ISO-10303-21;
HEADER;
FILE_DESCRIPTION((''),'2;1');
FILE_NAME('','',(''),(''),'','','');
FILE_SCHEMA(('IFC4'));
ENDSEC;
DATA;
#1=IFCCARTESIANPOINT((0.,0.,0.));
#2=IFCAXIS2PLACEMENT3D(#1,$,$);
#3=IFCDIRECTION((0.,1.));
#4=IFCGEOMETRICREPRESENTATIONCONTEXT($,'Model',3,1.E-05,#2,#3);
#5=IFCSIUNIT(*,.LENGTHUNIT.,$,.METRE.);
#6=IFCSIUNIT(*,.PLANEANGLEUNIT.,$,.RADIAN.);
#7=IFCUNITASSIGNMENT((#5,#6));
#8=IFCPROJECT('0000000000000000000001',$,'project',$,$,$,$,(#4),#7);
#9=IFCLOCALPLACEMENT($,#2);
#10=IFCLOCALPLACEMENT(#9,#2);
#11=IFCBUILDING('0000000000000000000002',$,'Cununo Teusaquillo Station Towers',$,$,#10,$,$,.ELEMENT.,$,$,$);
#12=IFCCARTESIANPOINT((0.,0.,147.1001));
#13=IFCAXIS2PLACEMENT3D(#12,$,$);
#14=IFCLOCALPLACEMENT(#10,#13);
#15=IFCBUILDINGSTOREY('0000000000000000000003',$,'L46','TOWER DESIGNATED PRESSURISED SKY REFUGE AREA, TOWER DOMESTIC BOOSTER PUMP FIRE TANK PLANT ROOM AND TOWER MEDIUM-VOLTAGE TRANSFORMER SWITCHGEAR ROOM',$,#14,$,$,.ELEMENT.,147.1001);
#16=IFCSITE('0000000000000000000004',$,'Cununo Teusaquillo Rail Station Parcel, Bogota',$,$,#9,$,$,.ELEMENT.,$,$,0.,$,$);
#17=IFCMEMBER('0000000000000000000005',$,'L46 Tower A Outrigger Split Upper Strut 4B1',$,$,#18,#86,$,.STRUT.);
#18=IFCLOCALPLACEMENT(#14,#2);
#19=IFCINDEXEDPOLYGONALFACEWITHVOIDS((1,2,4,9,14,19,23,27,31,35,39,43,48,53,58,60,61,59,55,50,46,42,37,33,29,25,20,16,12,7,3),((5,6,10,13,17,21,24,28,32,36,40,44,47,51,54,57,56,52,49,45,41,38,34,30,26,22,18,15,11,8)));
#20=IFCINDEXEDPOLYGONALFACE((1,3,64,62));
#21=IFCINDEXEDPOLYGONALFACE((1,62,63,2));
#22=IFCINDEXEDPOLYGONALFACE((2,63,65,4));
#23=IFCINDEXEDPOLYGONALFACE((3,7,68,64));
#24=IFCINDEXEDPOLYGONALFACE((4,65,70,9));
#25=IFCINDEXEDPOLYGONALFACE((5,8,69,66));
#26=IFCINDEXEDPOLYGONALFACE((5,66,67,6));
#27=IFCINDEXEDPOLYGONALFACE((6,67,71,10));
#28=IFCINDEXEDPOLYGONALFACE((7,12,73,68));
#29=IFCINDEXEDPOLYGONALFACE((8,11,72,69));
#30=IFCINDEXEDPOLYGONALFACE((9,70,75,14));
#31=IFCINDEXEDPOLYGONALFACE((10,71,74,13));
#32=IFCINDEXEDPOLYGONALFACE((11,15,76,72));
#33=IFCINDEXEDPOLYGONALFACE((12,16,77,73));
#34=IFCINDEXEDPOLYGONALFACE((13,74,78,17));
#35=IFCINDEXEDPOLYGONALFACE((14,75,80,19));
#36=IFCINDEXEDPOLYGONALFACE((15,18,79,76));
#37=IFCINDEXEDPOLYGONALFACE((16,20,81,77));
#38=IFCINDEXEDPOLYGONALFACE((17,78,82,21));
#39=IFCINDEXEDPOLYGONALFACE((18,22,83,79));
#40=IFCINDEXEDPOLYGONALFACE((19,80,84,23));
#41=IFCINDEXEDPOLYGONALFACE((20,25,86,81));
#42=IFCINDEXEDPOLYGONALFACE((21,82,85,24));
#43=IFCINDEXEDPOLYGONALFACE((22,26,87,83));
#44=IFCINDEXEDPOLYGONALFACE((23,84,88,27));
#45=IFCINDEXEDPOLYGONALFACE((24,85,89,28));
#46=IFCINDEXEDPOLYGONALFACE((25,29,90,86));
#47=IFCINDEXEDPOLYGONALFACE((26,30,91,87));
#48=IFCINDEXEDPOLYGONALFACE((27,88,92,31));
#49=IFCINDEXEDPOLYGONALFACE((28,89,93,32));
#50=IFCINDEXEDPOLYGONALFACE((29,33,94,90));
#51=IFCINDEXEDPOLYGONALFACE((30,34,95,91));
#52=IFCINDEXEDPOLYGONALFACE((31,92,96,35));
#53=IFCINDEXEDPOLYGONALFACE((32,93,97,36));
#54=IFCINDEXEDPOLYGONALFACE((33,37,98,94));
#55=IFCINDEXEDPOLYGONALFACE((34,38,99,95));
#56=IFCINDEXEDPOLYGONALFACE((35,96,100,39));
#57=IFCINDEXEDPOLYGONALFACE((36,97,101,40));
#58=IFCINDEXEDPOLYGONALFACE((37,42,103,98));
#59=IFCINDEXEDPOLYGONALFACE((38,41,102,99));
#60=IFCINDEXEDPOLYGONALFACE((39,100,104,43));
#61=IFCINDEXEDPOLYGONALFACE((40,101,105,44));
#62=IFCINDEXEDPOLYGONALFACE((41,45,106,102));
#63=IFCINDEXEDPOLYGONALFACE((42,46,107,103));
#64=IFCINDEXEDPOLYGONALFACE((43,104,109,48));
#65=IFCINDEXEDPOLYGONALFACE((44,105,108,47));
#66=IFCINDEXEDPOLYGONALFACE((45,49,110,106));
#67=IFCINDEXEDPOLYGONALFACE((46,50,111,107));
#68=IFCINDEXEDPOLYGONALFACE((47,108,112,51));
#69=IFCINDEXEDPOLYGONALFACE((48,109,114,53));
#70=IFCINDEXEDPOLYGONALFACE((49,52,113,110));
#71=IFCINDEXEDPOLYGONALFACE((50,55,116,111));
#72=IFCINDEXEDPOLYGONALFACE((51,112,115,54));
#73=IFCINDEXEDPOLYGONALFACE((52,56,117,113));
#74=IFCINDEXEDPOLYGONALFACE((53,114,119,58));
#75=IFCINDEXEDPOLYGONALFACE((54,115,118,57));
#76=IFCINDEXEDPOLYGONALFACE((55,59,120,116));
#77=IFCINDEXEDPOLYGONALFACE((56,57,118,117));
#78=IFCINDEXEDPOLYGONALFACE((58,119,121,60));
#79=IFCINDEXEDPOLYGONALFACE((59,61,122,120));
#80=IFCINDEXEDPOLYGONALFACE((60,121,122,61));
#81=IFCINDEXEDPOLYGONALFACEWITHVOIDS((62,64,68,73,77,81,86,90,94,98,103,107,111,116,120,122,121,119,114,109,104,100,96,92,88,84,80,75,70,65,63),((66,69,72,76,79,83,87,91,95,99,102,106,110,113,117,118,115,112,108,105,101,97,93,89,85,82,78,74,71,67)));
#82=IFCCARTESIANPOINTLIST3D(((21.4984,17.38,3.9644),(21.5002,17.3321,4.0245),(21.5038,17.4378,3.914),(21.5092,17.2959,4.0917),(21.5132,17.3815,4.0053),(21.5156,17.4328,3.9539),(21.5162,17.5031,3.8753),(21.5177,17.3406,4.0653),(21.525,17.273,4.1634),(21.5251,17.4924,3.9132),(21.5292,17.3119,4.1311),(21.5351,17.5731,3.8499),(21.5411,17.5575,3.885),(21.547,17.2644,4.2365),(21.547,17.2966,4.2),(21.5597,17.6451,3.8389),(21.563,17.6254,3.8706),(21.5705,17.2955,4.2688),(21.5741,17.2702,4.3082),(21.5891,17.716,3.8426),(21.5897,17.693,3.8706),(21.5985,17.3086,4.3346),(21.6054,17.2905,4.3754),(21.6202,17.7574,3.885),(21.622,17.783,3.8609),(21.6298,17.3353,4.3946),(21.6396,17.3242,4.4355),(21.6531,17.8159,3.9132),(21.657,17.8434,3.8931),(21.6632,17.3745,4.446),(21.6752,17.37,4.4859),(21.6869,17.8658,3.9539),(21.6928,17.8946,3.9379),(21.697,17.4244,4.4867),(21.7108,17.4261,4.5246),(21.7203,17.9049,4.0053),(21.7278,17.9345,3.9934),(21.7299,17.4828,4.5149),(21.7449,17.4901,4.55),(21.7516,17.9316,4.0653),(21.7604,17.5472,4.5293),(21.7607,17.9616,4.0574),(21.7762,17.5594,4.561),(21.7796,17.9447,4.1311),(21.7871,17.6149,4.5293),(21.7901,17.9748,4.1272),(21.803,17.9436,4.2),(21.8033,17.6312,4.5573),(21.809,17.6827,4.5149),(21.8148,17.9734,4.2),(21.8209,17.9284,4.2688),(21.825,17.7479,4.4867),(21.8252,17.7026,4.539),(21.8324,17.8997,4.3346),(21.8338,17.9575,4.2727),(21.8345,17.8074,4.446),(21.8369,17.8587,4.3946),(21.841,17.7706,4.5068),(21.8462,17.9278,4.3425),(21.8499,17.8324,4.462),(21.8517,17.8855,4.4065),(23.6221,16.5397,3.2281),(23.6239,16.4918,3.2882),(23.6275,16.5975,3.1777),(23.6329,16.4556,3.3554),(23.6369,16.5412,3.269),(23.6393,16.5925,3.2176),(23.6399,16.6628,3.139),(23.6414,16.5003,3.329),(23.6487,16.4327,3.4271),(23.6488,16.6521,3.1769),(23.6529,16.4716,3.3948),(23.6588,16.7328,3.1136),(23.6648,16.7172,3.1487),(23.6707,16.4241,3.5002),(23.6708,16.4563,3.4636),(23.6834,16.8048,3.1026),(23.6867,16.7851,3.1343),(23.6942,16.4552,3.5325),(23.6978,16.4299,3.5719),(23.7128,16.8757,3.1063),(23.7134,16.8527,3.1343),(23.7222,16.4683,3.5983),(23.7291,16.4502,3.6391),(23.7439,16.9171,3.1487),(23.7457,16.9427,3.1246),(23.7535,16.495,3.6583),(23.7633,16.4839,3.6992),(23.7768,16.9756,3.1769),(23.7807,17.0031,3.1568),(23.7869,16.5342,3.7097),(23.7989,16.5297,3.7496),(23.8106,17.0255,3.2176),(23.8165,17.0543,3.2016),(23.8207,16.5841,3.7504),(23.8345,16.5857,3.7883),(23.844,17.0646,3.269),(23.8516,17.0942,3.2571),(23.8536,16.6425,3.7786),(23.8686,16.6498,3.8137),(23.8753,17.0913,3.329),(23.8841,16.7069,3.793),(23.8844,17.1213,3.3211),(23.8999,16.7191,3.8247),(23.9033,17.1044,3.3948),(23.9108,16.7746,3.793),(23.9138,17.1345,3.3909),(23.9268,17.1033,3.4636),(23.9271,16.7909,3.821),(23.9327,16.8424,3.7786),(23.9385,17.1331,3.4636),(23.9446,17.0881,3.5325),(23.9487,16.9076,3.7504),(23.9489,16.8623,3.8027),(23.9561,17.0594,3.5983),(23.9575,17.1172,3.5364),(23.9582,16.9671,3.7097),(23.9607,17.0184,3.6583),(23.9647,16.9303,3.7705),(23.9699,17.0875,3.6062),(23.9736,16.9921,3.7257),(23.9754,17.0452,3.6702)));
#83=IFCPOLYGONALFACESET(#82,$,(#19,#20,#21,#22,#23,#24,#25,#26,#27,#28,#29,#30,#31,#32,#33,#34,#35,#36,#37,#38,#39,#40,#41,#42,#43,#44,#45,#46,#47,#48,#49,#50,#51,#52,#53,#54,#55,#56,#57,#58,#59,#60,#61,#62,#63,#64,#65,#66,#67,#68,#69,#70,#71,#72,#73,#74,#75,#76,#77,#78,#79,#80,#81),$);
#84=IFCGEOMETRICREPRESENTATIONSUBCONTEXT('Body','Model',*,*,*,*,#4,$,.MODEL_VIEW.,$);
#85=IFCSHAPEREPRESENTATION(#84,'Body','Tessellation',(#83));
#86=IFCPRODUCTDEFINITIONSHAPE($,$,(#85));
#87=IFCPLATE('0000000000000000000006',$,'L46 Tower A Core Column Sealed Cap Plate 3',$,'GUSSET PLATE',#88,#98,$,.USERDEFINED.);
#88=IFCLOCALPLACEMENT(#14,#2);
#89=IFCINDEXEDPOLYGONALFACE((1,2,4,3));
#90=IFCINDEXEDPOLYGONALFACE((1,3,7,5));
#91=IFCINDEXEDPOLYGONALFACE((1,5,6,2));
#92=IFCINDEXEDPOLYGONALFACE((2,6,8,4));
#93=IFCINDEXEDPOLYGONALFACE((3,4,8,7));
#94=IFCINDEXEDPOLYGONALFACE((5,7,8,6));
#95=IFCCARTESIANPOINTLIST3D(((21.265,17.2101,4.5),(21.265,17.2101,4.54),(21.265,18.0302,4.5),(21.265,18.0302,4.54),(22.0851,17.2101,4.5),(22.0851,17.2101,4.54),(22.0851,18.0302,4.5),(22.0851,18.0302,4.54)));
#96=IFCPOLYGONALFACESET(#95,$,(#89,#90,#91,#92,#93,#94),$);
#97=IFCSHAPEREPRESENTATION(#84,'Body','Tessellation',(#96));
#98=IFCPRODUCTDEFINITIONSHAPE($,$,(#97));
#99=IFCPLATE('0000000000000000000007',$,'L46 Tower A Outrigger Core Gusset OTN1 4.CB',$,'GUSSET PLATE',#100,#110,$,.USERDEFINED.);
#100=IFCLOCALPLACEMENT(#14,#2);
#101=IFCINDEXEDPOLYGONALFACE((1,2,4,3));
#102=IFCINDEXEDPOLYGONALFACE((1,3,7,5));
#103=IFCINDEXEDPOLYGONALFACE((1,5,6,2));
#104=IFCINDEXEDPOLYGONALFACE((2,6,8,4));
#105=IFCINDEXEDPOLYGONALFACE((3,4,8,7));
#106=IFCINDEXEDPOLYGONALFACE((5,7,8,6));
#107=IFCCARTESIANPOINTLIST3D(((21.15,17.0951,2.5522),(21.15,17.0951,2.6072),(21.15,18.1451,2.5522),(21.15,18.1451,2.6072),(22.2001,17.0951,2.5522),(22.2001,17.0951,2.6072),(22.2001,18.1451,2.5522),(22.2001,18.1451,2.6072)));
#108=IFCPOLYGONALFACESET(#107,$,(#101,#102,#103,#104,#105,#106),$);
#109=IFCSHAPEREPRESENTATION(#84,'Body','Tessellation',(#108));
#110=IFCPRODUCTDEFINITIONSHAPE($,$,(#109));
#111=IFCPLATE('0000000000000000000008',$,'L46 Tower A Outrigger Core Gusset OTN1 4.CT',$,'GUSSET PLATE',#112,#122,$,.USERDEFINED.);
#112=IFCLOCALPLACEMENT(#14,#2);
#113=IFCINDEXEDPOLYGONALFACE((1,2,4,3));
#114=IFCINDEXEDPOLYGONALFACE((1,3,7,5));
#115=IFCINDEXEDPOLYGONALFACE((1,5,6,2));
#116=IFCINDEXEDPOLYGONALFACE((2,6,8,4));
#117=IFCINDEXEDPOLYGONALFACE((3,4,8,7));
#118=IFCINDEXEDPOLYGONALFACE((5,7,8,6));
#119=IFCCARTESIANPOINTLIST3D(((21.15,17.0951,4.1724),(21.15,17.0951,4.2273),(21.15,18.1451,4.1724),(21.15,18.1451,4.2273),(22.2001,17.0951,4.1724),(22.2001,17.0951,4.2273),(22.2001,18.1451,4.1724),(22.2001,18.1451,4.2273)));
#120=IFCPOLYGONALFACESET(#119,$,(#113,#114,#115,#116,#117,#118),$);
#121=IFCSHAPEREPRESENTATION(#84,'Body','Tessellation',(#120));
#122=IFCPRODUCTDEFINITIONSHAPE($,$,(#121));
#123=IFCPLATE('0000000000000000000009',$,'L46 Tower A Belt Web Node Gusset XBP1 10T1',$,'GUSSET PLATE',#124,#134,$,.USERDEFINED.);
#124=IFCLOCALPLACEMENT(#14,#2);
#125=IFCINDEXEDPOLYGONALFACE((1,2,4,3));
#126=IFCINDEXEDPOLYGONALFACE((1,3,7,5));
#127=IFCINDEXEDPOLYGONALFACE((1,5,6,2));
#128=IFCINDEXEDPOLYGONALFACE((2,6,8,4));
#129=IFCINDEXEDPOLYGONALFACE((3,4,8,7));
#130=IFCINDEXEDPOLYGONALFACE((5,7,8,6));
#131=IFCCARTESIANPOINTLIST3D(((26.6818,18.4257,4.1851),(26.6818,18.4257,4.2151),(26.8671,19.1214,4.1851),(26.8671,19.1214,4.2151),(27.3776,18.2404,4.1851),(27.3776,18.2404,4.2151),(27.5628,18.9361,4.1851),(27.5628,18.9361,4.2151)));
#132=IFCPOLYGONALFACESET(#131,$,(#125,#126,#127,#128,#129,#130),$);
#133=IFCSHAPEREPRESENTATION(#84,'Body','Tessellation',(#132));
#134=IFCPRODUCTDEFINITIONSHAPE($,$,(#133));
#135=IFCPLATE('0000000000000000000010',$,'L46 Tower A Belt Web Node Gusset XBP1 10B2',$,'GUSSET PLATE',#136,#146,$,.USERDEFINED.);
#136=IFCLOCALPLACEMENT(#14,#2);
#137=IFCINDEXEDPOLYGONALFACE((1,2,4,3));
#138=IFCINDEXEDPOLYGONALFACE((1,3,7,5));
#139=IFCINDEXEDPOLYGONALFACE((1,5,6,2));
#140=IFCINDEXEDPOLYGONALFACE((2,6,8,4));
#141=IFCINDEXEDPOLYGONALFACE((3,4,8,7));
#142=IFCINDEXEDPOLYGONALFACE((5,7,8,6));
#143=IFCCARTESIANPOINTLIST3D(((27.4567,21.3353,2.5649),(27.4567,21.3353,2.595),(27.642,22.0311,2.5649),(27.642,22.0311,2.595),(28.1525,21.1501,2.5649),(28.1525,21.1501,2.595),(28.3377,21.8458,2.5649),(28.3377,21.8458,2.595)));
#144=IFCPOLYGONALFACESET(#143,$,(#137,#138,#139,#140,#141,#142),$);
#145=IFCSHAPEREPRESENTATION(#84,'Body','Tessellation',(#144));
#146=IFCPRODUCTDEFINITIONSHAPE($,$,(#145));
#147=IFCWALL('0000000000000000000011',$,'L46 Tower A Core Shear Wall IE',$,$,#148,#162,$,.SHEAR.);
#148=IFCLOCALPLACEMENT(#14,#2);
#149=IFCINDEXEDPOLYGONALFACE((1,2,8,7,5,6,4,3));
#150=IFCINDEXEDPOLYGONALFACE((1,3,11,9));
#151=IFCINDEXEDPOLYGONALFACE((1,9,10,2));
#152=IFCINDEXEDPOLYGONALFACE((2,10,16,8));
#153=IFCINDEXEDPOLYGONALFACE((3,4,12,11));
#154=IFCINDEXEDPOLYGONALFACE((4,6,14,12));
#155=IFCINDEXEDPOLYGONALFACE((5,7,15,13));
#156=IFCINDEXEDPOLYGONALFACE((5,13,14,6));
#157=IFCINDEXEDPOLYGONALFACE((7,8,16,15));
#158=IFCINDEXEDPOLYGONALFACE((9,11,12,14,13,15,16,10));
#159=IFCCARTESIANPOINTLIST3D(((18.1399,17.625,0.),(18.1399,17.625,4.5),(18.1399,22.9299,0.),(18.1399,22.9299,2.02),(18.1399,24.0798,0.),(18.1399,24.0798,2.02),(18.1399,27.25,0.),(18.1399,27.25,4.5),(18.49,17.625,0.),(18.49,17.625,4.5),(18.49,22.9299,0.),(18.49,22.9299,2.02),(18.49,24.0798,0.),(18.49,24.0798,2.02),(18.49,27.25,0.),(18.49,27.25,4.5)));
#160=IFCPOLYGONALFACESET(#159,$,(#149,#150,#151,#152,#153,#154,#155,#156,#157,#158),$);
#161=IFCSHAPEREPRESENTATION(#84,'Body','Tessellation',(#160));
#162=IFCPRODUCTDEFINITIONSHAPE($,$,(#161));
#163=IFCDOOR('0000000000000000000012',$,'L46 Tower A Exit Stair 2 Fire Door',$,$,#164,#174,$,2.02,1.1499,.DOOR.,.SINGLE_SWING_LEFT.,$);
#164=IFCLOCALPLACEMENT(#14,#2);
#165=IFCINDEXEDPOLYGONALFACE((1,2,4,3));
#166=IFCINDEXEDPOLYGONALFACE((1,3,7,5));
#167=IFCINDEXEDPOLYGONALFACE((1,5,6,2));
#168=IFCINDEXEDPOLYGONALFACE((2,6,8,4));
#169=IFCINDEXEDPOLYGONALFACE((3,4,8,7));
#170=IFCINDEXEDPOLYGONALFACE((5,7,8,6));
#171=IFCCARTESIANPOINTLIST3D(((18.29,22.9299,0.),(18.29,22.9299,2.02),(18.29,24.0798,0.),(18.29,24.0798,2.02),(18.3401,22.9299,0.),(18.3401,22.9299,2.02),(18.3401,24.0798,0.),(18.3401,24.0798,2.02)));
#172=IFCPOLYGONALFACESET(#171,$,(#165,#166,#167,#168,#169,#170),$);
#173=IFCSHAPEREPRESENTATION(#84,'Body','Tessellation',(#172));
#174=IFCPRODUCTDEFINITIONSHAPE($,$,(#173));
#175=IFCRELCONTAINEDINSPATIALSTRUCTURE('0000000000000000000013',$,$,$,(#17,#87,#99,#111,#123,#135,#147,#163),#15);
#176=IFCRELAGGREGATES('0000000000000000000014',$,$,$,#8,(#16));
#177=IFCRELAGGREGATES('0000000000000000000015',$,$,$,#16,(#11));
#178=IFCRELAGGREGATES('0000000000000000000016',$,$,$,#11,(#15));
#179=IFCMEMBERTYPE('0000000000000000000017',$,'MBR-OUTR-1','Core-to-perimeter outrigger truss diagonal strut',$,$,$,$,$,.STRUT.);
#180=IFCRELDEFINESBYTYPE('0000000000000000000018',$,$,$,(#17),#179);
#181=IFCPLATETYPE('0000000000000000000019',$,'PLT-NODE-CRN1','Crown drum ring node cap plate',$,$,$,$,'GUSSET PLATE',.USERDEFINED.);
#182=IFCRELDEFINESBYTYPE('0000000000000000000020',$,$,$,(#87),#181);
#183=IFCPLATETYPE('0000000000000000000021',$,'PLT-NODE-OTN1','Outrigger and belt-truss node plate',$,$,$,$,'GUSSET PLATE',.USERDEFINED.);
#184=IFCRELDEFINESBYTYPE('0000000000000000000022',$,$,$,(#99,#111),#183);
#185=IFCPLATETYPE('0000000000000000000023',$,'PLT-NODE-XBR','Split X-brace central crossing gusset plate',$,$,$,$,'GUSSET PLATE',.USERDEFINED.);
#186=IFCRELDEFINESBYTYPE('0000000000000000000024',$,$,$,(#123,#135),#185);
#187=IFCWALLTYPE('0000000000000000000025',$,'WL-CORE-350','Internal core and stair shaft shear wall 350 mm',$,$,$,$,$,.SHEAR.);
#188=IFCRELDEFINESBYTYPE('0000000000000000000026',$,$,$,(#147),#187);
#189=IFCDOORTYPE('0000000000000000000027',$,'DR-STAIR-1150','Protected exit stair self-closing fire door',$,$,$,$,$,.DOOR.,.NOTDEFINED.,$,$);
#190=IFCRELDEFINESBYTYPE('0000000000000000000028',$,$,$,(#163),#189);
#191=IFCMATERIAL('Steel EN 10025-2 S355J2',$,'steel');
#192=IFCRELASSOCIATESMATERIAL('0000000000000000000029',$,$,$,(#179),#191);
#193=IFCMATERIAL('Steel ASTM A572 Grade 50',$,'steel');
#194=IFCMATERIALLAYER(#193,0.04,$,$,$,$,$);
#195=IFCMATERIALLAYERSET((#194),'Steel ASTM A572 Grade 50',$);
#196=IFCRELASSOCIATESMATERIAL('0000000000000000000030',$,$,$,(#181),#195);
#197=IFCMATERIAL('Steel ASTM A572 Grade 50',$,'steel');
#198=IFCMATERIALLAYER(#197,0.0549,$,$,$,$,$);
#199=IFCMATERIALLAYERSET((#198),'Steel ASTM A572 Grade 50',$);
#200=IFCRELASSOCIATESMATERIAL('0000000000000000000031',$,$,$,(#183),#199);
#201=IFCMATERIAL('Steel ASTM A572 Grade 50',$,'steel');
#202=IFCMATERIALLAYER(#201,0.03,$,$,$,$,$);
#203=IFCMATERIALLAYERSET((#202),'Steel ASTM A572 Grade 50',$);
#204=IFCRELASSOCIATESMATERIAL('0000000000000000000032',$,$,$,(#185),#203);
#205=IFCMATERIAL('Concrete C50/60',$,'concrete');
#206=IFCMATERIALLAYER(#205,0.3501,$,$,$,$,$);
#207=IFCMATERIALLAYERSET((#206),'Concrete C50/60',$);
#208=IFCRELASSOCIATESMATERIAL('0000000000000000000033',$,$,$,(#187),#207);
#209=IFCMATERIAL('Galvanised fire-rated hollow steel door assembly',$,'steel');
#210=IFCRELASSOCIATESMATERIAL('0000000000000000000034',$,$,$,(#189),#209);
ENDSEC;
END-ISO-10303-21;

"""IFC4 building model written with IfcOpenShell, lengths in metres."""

from ifc_helpers import new_model, si_unit, direction, frame, frame_2d, origin, origin_2d, place, context, subcontext, project, spatial, rectangle, hollow_circle, extrude, source, transform, mapped, material, layer, layer_set, material_profile, profile_set, type_object, element, fill, save


model = new_model("IFC4")

# Units and contexts
model_context = context("Model", 3, precision=1e-05, world=origin(), true_north=direction((0.0, 1.0)))
body_context = subcontext(model_context, "Body", "Model", "MODEL_VIEW")
ifc_project = project(units=[si_unit("LENGTHUNIT", "METRE"), si_unit("PLANEANGLEUNIT", "RADIAN")], contexts=[model_context])

# Site, building, storey
site_placement = place(None, origin())
site = spatial("IfcSite", under=ifc_project, at=site_placement, Name="Cununo Teusaquillo Rail Station Parcel, Bogota", CompositionType="ELEMENT", RefElevation=0.0)
building_placement = place(site_placement, origin())
building = spatial("IfcBuilding", under=site, at=building_placement, Name="Cununo Teusaquillo Station Towers", CompositionType="ELEMENT")
storey_placement = place(building_placement, frame((0.0, 0.0, 147.1001)))
storey = spatial("IfcBuildingStorey", under=building, at=storey_placement, Name="L46", Description="TOWER DESIGNATED PRESSURISED SKY REFUGE AREA, TOWER DOMESTIC BOOSTER PUMP FIRE TANK PLANT ROOM AND TOWER MEDIUM-VOLTAGE TRANSFORMER SWITCHGEAR ROOM", CompositionType="ELEMENT", Elevation=147.1001)

# Member
ifc_material_1 = material(Name="Steel EN 10025-2 S355J2", Category="steel")
ifc_material_profile_1 = material_profile(ifc_material_1, hollow_circle(Radius=0.3799, WallThickness=0.032, at=origin_2d()), Name="CHS 760x32")
ifc_profile_set_1 = profile_set([ifc_material_profile_1], Name="Steel EN 10025-2 S355J2")
member_type_1 = type_object("IfcMemberType", Name="MBR-OUTR-1", Description="Core-to-perimeter outrigger truss diagonal strut", PredefinedType="STRUT", material=ifc_profile_set_1)
member_1_placement = place(storey_placement, frame((21.675, 17.6201, 4.2), z_axis=(0.885002, -0.350176, -0.306836), x_axis=(0.367923, 0.929856, 0.0)))
element("IfcMember", 1, at=member_1_placement, inside=storey, type_object=member_type_1, Name="L46 Tower A Outrigger Split Upper Strut 4B1", PredefinedType="STRUT", context=body_context, shape_type="SweptSolid", body=[
    extrude(hollow_circle(Radius=0.3799, WallThickness=0.032, at=origin_2d()), origin(), (0.0, 0.0, 1.0), 2.3997),
])

# Plates
ifc_material_2 = material(Name="Steel ASTM A572 Grade 50", Category="steel")
ifc_layer_1 = layer(ifc_material_2, 0.04)
ifc_layer_set_1 = layer_set([ifc_layer_1], Name="Steel ASTM A572 Grade 50")
plate_type_1 = type_object("IfcPlateType", Name="PLT-NODE-CRN1", Description="Crown drum ring node cap plate", ElementType="GUSSET PLATE", PredefinedType="USERDEFINED", material=ifc_layer_set_1)
shared_shape_1 = source(origin(), body_context, "Body", "SweptSolid", [
    extrude(rectangle(XDim=0.8201, YDim=0.8201, at=origin_2d()), origin(), (0.0, 0.0, 1.0), 0.04),
])
plate_placement = place(storey_placement, frame((21.675, 17.6201, 4.5), z_axis=(0.0, 0.0, 1.0), x_axis=(1.0, 0.0, 0.0)))
element("IfcPlate", 2, at=plate_placement, inside=storey, type_object=plate_type_1, Name="L46 Tower A Core Column Sealed Cap Plate 3", ObjectType="GUSSET PLATE", PredefinedType="USERDEFINED", context=body_context, shape_type="MappedRepresentation", body=[
    mapped(shared_shape_1, transform((0.0, 0.0, 0.0), x_axis=(1.0, 0.0, 0.0), y_axis=(0.0, 1.0, 0.0), z_axis=(0.0, 0.0, 1.0), scale=1.0)),
])
ifc_material_3 = material(Name="Steel ASTM A572 Grade 50", Category="steel")
ifc_layer_2 = layer(ifc_material_3, 0.0549)
ifc_layer_set_2 = layer_set([ifc_layer_2], Name="Steel ASTM A572 Grade 50")
plate_type_2 = type_object("IfcPlateType", Name="PLT-NODE-OTN1", Description="Outrigger and belt-truss node plate", ElementType="GUSSET PLATE", PredefinedType="USERDEFINED", material=ifc_layer_set_2)
shared_shape_2 = source(origin(), body_context, "Body", "SweptSolid", [
    extrude(rectangle(XDim=1.05, YDim=1.05, at=origin_2d()), origin(), (0.0, 0.0, 1.0), 0.0549),
])
for number, where, z_axis, x_axis, name in (
    (3, (21.675, 17.6201, 2.5522), (0.0, 0.0, 1.0), (1.0, 0.0, 0.0), "L46 Tower A Outrigger Core Gusset OTN1 4.CB"),
    (4, (21.675, 17.6201, 4.1724), (0.0, 0.0, 1.0), (1.0, 0.0, 0.0), "L46 Tower A Outrigger Core Gusset OTN1 4.CT"),
):
    element("IfcPlate", number, at=place(storey_placement, frame(where, z_axis=z_axis, x_axis=x_axis)), inside=storey, type_object=plate_type_2, Name=name, ObjectType="GUSSET PLATE", PredefinedType="USERDEFINED", context=body_context, shape_type="MappedRepresentation", body=[
        mapped(shared_shape_2, transform((0.0, 0.0, 0.0), x_axis=(1.0, 0.0, 0.0), y_axis=(0.0, 1.0, 0.0), z_axis=(0.0, 0.0, 1.0), scale=1.0)),
    ])
ifc_material_4 = material(Name="Steel ASTM A572 Grade 50", Category="steel")
ifc_layer_3 = layer(ifc_material_4, 0.03)
ifc_layer_set_3 = layer_set([ifc_layer_3], Name="Steel ASTM A572 Grade 50")
plate_type_3 = type_object("IfcPlateType", Name="PLT-NODE-XBR", Description="Split X-brace central crossing gusset plate", ElementType="GUSSET PLATE", PredefinedType="USERDEFINED", material=ifc_layer_set_3)
shared_shape_3 = source(origin(), body_context, "Body", "SweptSolid", [
    extrude(rectangle(XDim=0.72, YDim=0.72, at=origin_2d()), origin(), (0.0, 0.0, 1.0), 0.03),
])
for number, where, z_axis, x_axis, name in (
    (5, (27.1223, 18.6809, 4.1851), (0.0, 0.0, 1.0), (0.257301, 0.966331, 0.0), "L46 Tower A Belt Web Node Gusset XBP1 10T1"),
    (6, (27.8972, 21.5906, 2.5649), (0.0, 0.0, 1.0), (0.257301, 0.966331, 0.0), "L46 Tower A Belt Web Node Gusset XBP1 10B2"),
):
    element("IfcPlate", number, at=place(storey_placement, frame(where, z_axis=z_axis, x_axis=x_axis)), inside=storey, type_object=plate_type_3, Name=name, ObjectType="GUSSET PLATE", PredefinedType="USERDEFINED", context=body_context, shape_type="MappedRepresentation", body=[
        mapped(shared_shape_3, transform((0.0, 0.0, 0.0), x_axis=(1.0, 0.0, 0.0), y_axis=(0.0, 1.0, 0.0), z_axis=(0.0, 0.0, 1.0), scale=1.0)),
    ])

# Wall, opening, door
ifc_material_5 = material(Name="Concrete C50/60", Category="concrete")
ifc_layer_4 = layer(ifc_material_5, 0.3501)
ifc_layer_set_4 = layer_set([ifc_layer_4], Name="Concrete C50/60")
wall_type_1 = type_object("IfcWallType", Name="WL-CORE-350", Description="Internal core and stair shaft shear wall 350 mm", PredefinedType="SHEAR", material=ifc_layer_set_4)
wall_1_placement = place(storey_placement, frame((18.3149, 17.625, 0.0), z_axis=(0.0, 0.0, 1.0), x_axis=(0.0, 1.0, 0.0)))
wall_1 = element("IfcWall", 7, at=wall_1_placement, inside=storey, type_object=wall_type_1, Name="L46 Tower A Core Shear Wall IE", PredefinedType="SHEAR", context=body_context, shape_type="SweptSolid", body=[
    extrude(rectangle(XDim=9.625, YDim=0.3501, at=frame_2d((4.8125, 0.0))), origin(), (0.0, 0.0, 1.0), 4.5),
])
shared_shape_4 = source(origin(), body_context, "Body", "SweptSolid", [
    extrude(rectangle(XDim=1.1499, YDim=2.02, at=frame_2d((0.575, 1.01))), frame((0.0, 0.1851, 0.0), z_axis=(0.0, -1.0, 0.0), x_axis=(1.0, 0.0, 0.0)), (0.0, 0.0, 1.0), 0.3701),
])
opening_1_placement = place(wall_1_placement, frame((5.3049, 0.0, 0.0)))
opening_1 = element("IfcOpeningElement", 8, at=opening_1_placement, cuts=wall_1, PredefinedType="OPENING", context=body_context, shape_type="MappedRepresentation", body=[
    mapped(shared_shape_4, transform((0.0, 0.0, 0.0), x_axis=(1.0, 0.0, 0.0), y_axis=(0.0, 1.0, 0.0), z_axis=(0.0, 0.0, 1.0), scale=1.0)),
])
ifc_material_6 = material(Name="Galvanised fire-rated hollow steel door assembly", Category="steel")
door_type_1 = type_object("IfcDoorType", Name="DR-STAIR-1150", Description="Protected exit stair self-closing fire door", OperationType="NOTDEFINED", PredefinedType="DOOR", material=ifc_material_6)
shared_shape_5 = source(origin(), body_context, "Body", "SweptSolid", [
    extrude(rectangle(XDim=1.1499, YDim=2.02, at=frame_2d((0.575, 1.01))), frame((0.0, 0.0249, 0.0), z_axis=(0.0, -1.0, 0.0), x_axis=(1.0, 0.0, 0.0)), (0.0, 0.0, 1.0), 0.05),
])
door_1_placement = place(opening_1_placement, origin())
door_1 = element("IfcDoor", 9, at=door_1_placement, inside=storey, type_object=door_type_1, Name="L46 Tower A Exit Stair 2 Fire Door", OperationType="SINGLE_SWING_LEFT", OverallHeight=2.02, OverallWidth=1.1499, PredefinedType="DOOR", context=body_context, shape_type="MappedRepresentation", body=[
    mapped(shared_shape_5, transform((0.0, 0.0, 0.0), x_axis=(1.0, 0.0, 0.0), y_axis=(0.0, 1.0, 0.0), z_axis=(0.0, 0.0, 1.0), scale=1.0)),
])
fill(opening_1, door_1)

save(model, "model.ifc")
